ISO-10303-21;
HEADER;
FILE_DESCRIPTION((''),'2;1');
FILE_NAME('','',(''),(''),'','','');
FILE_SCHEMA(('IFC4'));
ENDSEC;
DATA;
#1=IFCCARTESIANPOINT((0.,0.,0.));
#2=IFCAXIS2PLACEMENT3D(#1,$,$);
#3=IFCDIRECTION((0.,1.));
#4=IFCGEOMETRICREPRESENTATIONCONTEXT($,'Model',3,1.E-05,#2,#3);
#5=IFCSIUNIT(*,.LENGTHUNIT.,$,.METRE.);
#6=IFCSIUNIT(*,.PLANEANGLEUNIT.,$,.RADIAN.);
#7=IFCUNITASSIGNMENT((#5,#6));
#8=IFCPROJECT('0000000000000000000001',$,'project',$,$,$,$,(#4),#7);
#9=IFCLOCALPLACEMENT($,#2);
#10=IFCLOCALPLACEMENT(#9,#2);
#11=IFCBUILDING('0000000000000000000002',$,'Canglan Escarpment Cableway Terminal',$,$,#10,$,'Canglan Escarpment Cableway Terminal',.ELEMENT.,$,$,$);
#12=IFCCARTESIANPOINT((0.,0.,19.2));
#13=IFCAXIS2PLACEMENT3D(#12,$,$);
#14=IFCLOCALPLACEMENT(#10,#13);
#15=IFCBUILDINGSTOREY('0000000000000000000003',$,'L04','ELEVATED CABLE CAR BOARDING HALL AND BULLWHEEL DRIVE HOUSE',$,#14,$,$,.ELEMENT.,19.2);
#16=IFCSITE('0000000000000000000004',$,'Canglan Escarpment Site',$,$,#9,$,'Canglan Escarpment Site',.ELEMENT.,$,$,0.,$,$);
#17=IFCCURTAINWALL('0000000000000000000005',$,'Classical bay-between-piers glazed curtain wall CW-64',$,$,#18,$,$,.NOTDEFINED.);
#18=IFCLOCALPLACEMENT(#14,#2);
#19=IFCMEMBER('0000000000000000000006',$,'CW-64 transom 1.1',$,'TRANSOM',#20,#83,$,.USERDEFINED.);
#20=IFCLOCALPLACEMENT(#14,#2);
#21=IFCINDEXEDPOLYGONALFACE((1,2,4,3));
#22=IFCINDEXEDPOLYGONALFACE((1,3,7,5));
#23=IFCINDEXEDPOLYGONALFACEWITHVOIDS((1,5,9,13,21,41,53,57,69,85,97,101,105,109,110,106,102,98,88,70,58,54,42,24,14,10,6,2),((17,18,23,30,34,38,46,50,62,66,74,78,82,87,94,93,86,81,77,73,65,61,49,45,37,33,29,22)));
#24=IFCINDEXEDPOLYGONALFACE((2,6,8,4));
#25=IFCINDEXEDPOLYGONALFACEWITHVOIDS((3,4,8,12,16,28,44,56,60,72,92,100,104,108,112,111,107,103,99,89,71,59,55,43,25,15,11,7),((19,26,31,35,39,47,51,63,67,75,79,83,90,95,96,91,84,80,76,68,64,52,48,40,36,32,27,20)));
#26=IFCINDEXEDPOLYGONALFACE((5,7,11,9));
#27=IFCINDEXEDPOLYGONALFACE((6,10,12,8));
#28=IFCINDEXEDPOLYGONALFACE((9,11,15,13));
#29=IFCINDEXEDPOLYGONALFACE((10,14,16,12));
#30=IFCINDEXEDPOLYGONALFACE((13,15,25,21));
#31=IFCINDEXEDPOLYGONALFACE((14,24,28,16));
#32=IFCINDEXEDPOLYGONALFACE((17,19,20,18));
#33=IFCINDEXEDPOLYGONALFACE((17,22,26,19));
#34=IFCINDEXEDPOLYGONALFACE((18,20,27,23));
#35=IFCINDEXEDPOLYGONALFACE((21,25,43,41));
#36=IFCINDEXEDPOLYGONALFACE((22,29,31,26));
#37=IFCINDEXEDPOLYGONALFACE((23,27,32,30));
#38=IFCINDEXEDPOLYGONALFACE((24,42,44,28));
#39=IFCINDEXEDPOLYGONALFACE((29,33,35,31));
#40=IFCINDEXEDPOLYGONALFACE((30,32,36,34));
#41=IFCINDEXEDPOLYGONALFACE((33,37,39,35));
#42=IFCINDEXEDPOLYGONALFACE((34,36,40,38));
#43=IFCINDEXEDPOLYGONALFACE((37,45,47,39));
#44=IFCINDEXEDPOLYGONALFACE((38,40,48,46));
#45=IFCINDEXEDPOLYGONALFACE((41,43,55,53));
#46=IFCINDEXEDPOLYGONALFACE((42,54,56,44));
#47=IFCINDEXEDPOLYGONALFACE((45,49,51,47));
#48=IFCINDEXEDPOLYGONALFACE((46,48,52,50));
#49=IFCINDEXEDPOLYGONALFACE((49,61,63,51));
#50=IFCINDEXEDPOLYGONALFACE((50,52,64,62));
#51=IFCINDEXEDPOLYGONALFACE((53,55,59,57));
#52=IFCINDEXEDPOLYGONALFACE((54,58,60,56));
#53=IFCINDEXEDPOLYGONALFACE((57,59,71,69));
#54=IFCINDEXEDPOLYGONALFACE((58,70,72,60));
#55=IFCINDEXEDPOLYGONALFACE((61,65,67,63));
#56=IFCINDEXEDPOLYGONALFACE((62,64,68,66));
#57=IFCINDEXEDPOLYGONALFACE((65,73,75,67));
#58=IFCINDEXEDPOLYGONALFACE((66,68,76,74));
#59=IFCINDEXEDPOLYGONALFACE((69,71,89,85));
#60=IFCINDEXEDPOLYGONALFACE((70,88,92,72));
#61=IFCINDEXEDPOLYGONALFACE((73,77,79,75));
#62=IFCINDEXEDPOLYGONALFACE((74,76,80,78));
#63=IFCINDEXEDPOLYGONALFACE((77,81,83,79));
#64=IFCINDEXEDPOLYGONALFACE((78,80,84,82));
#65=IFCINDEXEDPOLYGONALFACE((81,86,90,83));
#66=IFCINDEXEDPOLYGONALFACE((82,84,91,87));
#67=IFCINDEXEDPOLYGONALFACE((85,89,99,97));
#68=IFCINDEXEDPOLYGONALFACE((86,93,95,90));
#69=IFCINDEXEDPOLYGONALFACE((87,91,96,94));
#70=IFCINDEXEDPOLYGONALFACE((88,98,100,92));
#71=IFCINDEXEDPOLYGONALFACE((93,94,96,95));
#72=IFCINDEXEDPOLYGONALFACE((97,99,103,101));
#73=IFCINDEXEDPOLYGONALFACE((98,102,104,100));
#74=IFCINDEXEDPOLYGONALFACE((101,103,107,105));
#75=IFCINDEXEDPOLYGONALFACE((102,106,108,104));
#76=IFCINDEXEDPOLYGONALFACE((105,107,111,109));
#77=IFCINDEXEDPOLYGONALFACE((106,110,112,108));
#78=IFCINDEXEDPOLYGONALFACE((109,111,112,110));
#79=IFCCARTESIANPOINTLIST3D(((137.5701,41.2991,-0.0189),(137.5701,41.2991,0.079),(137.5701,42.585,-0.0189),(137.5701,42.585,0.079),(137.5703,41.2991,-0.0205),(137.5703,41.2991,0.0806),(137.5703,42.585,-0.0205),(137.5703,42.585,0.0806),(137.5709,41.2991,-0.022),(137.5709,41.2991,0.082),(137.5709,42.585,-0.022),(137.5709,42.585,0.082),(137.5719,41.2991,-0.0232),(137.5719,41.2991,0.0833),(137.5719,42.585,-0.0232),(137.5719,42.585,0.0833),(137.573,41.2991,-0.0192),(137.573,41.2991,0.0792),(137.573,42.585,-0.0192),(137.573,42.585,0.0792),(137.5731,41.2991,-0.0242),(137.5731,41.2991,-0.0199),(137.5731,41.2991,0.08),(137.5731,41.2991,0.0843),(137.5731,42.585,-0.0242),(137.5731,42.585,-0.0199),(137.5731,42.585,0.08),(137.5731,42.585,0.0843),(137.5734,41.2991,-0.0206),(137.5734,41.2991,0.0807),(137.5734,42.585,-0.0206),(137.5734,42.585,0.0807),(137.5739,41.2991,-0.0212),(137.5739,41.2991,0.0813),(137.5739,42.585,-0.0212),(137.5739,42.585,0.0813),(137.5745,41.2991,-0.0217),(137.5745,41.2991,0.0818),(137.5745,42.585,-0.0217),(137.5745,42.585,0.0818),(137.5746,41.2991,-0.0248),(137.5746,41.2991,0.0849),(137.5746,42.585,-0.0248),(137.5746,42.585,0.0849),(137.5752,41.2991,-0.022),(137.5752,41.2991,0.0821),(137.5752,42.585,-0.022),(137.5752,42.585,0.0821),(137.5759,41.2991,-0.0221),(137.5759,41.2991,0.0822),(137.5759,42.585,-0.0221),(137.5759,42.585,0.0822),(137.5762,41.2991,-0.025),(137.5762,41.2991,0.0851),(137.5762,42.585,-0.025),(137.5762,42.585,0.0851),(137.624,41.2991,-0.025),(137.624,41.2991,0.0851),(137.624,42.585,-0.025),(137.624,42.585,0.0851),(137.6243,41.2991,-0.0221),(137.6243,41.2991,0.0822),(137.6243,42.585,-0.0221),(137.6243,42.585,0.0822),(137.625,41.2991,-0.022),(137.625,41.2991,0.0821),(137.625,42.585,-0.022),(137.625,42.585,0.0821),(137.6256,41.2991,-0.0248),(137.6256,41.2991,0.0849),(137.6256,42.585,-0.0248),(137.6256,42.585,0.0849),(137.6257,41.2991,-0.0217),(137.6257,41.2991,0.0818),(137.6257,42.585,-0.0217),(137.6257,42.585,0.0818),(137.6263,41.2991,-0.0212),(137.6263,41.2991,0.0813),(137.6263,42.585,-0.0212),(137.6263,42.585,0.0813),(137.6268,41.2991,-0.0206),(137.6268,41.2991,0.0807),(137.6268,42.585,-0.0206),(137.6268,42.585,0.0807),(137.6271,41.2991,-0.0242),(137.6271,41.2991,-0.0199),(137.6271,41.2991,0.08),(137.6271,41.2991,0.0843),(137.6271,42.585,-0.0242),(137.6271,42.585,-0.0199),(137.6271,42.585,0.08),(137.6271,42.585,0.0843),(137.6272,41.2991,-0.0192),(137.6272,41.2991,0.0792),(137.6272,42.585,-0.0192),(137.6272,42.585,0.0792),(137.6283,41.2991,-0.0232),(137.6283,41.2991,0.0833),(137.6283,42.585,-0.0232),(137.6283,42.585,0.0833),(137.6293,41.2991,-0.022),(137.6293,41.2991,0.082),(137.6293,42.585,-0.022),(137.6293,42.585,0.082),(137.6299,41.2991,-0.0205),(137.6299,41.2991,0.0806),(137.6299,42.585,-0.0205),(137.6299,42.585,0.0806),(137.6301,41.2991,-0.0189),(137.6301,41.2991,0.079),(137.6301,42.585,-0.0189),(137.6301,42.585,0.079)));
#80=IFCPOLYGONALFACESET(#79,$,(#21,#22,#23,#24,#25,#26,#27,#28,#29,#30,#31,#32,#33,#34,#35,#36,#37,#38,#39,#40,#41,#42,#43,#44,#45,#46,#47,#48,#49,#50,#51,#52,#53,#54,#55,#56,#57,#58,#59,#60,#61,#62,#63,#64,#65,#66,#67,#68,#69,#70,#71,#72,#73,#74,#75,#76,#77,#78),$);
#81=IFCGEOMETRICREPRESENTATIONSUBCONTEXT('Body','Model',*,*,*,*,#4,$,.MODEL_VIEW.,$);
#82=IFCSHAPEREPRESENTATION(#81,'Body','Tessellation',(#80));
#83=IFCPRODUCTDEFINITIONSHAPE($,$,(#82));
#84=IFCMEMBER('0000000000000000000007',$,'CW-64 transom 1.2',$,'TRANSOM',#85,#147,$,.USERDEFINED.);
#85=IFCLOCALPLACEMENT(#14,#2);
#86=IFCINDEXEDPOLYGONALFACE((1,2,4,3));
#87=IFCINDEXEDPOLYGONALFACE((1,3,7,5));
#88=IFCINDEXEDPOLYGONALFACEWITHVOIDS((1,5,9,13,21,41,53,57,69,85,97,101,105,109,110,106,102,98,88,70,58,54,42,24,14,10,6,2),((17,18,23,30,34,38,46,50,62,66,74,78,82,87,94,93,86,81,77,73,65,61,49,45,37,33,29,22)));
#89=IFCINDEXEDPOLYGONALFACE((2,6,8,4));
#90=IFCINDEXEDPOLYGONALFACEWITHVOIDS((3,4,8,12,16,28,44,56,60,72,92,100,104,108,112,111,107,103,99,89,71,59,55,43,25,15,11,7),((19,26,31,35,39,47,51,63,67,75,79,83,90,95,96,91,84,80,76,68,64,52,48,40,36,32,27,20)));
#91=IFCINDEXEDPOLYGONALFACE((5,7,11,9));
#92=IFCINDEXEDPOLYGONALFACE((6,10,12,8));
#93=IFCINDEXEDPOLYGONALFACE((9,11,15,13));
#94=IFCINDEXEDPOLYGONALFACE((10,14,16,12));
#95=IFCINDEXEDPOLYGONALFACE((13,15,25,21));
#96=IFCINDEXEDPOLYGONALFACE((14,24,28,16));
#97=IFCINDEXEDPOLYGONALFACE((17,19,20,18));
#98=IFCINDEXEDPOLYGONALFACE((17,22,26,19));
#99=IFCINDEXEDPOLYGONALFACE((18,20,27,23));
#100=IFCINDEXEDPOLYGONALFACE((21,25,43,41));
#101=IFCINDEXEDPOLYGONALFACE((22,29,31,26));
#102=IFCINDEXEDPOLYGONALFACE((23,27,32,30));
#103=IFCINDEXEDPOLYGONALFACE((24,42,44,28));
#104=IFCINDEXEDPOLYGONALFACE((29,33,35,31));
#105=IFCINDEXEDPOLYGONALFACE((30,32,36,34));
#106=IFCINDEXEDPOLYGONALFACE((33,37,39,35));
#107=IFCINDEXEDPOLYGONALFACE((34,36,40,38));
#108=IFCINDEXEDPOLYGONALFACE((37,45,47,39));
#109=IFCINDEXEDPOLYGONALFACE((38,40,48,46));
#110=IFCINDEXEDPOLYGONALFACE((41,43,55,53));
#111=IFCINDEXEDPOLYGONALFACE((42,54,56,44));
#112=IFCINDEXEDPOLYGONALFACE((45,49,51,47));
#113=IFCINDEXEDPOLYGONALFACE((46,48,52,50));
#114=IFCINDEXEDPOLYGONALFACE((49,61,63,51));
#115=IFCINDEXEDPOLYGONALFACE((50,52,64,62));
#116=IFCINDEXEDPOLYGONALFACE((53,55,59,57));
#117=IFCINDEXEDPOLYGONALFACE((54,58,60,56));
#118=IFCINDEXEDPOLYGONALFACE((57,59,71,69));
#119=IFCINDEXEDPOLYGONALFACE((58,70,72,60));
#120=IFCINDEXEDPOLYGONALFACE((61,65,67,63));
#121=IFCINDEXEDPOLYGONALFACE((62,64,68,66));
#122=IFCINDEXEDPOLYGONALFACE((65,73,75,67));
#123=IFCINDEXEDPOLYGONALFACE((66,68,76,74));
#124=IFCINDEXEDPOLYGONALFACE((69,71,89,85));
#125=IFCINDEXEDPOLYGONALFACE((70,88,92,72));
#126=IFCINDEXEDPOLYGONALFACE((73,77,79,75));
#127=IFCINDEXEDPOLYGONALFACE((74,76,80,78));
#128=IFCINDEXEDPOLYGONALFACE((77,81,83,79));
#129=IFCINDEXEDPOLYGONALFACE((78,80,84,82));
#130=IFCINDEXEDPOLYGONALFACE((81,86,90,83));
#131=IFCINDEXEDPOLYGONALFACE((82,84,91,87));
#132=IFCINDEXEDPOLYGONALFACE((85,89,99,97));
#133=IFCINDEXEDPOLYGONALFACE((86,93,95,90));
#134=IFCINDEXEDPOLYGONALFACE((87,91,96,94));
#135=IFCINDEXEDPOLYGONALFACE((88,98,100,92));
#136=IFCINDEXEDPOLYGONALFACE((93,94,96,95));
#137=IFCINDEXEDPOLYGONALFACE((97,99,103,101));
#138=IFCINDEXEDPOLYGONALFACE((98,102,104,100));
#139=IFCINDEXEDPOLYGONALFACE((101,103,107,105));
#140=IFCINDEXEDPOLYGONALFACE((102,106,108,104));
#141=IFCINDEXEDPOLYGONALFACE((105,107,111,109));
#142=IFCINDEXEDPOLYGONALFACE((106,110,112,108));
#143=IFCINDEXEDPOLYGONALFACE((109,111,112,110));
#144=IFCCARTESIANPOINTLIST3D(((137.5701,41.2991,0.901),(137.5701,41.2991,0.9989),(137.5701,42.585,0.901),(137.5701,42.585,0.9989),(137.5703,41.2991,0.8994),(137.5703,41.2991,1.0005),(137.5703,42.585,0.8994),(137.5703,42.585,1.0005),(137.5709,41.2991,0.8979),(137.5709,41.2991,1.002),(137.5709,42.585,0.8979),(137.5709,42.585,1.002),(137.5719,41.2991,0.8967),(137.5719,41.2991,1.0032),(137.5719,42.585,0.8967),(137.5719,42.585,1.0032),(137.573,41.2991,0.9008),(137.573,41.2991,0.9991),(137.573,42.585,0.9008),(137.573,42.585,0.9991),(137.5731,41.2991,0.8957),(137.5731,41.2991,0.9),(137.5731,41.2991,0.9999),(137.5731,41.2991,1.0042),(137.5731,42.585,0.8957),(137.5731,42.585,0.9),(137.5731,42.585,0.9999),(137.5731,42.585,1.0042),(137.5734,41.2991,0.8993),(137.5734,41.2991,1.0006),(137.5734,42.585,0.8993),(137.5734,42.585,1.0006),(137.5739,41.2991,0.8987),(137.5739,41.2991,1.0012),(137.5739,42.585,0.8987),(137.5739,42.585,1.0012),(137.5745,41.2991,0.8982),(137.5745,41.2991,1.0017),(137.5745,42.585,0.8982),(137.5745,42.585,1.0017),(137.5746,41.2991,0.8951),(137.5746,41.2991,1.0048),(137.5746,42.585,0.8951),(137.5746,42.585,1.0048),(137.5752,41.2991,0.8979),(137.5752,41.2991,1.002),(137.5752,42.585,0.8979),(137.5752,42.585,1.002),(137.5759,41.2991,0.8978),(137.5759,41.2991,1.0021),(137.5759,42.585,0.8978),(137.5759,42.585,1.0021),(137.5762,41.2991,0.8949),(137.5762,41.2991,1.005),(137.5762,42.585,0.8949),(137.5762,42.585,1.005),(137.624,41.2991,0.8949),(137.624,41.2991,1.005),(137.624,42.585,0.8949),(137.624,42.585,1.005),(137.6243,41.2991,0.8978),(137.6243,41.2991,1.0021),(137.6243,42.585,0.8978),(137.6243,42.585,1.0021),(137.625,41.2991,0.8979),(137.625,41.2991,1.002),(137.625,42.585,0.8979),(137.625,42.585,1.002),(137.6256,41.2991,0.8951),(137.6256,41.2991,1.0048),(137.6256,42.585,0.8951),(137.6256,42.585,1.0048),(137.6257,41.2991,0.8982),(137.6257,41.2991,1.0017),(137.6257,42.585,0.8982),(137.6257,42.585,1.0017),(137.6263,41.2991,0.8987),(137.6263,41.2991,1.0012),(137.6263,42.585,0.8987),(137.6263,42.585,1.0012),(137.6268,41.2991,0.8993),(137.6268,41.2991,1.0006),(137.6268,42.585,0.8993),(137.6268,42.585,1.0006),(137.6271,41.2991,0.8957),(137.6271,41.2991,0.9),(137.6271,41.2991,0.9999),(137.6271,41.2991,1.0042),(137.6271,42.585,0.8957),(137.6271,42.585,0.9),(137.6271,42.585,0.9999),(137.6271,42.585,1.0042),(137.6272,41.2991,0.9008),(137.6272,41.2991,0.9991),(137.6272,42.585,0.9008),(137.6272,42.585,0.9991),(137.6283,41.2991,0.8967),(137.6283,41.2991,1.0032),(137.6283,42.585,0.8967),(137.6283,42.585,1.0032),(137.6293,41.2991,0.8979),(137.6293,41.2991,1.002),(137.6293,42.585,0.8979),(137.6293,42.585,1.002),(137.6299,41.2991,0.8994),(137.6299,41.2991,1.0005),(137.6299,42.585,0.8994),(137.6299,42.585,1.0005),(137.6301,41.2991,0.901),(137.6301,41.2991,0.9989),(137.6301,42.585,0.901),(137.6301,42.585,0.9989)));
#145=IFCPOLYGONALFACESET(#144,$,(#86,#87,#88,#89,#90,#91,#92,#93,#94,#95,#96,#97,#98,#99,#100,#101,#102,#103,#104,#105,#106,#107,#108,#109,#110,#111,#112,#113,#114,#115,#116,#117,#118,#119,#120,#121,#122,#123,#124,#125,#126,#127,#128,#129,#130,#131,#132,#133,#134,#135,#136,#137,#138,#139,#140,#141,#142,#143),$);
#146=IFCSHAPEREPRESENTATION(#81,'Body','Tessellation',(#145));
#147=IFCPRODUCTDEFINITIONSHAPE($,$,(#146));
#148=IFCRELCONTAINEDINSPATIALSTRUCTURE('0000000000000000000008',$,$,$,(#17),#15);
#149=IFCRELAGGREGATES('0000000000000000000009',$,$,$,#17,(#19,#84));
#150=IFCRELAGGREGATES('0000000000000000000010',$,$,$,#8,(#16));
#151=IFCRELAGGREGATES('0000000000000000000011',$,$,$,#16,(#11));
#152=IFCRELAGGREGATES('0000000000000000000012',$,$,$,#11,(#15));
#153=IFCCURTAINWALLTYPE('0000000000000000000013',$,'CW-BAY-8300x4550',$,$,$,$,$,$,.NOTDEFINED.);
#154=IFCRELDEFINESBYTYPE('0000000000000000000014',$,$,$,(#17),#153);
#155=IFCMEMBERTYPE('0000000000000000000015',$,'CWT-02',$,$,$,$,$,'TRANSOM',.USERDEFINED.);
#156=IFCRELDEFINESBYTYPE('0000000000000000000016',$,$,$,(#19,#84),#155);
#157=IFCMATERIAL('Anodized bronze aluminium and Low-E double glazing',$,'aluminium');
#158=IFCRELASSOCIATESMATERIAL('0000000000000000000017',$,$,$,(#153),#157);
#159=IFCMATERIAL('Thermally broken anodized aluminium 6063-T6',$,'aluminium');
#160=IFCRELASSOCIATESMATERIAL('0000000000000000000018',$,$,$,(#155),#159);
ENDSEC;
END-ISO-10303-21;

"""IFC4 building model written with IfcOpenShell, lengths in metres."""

from ifc_helpers import new_model, si_unit, direction, frame, origin, origin_2d, place, context, subcontext, project, spatial, hollow_rectangle, extrude, material, material_profile, profile_set, type_object, element, aggregate, save


model = new_model("IFC4")

# Units and contexts
model_context = context("Model", 3, precision=1e-05, world=origin(), true_north=direction((0.0, 1.0)))
body_context = subcontext(model_context, "Body", "Model", "MODEL_VIEW")
ifc_project = project(units=[si_unit("LENGTHUNIT", "METRE"), si_unit("PLANEANGLEUNIT", "RADIAN")], contexts=[model_context])

# Site, building, storey
site_placement = place(None, origin())
site = spatial("IfcSite", under=ifc_project, at=site_placement, Name="Canglan Escarpment Site", LongName="Canglan Escarpment Site", CompositionType="ELEMENT", RefElevation=0.0)
building_placement = place(site_placement, origin())
building = spatial("IfcBuilding", under=site, at=building_placement, Name="Canglan Escarpment Cableway Terminal", LongName="Canglan Escarpment Cableway Terminal", CompositionType="ELEMENT")
storey_placement = place(building_placement, frame((0.0, 0.0, 19.2)))
storey = spatial("IfcBuildingStorey", under=building, at=storey_placement, Name="L04", Description="ELEVATED CABLE CAR BOARDING HALL AND BULLWHEEL DRIVE HOUSE", CompositionType="ELEMENT", Elevation=19.2)

# Curtain wall, members
ifc_material_1 = material(Name="Anodized bronze aluminium and Low-E double glazing", Category="aluminium")
curtain_wall_type = type_object("IfcCurtainWallType", Name="CW-BAY-8300x4550", PredefinedType="NOTDEFINED", material=ifc_material_1)
curtain_wall_placement = place(storey_placement, origin())
curtain_wall = element("IfcCurtainWall", 1, at=curtain_wall_placement, inside=storey, type_object=curtain_wall_type, Name="Classical bay-between-piers glazed curtain wall CW-64", PredefinedType="NOTDEFINED")
ifc_material_2 = material(Name="Thermally broken anodized aluminium 6063-T6", Category="aluminium")
ifc_material_profile_1 = material_profile(ifc_material_2, hollow_rectangle(XDim=0.0601, YDim=0.1101, WallThickness=0.0029, InnerFilletRadius=0.0029, OuterFilletRadius=0.0061, at=origin_2d()), Name="ALU-TRAN 60x110x3")
ifc_profile_set_1 = profile_set([ifc_material_profile_1], Name="Thermally broken anodized aluminium 6063-T6")
member_type_1 = type_object("IfcMemberType", Name="CWT-02", ElementType="TRANSOM", PredefinedType="USERDEFINED", material=ifc_profile_set_1)
member_1_placement = place(storey_placement, frame((137.6001, 42.585, 0.03), z_axis=(0.0, -1.0, 0.0), x_axis=(1.0, 0.0, 0.0)))
member_1 = element("IfcMember", 2, at=member_1_placement, type_object=member_type_1, Name="CW-64 transom 1.1", ObjectType="TRANSOM", PredefinedType="USERDEFINED", context=body_context, shape_type="SweptSolid", body=[
    extrude(hollow_rectangle(XDim=0.0601, YDim=0.1101, WallThickness=0.0029, InnerFilletRadius=0.0029, OuterFilletRadius=0.0061, at=origin_2d()), origin(), (0.0, 0.0, 1.0), 1.2859),
])
member_2_placement = place(storey_placement, frame((137.6001, 42.585, 0.95), z_axis=(0.0, -1.0, 0.0), x_axis=(1.0, 0.0, 0.0)))
member_2 = element("IfcMember", 3, at=member_2_placement, type_object=member_type_1, Name="CW-64 transom 1.2", ObjectType="TRANSOM", PredefinedType="USERDEFINED", context=body_context, shape_type="SweptSolid", body=[
    extrude(hollow_rectangle(XDim=0.0601, YDim=0.1101, WallThickness=0.0029, InnerFilletRadius=0.0029, OuterFilletRadius=0.0061, at=origin_2d()), origin(), (0.0, 0.0, 1.0), 1.2859),
])
aggregate(curtain_wall, [member_1, member_2])

save(model, "model.ifc")
